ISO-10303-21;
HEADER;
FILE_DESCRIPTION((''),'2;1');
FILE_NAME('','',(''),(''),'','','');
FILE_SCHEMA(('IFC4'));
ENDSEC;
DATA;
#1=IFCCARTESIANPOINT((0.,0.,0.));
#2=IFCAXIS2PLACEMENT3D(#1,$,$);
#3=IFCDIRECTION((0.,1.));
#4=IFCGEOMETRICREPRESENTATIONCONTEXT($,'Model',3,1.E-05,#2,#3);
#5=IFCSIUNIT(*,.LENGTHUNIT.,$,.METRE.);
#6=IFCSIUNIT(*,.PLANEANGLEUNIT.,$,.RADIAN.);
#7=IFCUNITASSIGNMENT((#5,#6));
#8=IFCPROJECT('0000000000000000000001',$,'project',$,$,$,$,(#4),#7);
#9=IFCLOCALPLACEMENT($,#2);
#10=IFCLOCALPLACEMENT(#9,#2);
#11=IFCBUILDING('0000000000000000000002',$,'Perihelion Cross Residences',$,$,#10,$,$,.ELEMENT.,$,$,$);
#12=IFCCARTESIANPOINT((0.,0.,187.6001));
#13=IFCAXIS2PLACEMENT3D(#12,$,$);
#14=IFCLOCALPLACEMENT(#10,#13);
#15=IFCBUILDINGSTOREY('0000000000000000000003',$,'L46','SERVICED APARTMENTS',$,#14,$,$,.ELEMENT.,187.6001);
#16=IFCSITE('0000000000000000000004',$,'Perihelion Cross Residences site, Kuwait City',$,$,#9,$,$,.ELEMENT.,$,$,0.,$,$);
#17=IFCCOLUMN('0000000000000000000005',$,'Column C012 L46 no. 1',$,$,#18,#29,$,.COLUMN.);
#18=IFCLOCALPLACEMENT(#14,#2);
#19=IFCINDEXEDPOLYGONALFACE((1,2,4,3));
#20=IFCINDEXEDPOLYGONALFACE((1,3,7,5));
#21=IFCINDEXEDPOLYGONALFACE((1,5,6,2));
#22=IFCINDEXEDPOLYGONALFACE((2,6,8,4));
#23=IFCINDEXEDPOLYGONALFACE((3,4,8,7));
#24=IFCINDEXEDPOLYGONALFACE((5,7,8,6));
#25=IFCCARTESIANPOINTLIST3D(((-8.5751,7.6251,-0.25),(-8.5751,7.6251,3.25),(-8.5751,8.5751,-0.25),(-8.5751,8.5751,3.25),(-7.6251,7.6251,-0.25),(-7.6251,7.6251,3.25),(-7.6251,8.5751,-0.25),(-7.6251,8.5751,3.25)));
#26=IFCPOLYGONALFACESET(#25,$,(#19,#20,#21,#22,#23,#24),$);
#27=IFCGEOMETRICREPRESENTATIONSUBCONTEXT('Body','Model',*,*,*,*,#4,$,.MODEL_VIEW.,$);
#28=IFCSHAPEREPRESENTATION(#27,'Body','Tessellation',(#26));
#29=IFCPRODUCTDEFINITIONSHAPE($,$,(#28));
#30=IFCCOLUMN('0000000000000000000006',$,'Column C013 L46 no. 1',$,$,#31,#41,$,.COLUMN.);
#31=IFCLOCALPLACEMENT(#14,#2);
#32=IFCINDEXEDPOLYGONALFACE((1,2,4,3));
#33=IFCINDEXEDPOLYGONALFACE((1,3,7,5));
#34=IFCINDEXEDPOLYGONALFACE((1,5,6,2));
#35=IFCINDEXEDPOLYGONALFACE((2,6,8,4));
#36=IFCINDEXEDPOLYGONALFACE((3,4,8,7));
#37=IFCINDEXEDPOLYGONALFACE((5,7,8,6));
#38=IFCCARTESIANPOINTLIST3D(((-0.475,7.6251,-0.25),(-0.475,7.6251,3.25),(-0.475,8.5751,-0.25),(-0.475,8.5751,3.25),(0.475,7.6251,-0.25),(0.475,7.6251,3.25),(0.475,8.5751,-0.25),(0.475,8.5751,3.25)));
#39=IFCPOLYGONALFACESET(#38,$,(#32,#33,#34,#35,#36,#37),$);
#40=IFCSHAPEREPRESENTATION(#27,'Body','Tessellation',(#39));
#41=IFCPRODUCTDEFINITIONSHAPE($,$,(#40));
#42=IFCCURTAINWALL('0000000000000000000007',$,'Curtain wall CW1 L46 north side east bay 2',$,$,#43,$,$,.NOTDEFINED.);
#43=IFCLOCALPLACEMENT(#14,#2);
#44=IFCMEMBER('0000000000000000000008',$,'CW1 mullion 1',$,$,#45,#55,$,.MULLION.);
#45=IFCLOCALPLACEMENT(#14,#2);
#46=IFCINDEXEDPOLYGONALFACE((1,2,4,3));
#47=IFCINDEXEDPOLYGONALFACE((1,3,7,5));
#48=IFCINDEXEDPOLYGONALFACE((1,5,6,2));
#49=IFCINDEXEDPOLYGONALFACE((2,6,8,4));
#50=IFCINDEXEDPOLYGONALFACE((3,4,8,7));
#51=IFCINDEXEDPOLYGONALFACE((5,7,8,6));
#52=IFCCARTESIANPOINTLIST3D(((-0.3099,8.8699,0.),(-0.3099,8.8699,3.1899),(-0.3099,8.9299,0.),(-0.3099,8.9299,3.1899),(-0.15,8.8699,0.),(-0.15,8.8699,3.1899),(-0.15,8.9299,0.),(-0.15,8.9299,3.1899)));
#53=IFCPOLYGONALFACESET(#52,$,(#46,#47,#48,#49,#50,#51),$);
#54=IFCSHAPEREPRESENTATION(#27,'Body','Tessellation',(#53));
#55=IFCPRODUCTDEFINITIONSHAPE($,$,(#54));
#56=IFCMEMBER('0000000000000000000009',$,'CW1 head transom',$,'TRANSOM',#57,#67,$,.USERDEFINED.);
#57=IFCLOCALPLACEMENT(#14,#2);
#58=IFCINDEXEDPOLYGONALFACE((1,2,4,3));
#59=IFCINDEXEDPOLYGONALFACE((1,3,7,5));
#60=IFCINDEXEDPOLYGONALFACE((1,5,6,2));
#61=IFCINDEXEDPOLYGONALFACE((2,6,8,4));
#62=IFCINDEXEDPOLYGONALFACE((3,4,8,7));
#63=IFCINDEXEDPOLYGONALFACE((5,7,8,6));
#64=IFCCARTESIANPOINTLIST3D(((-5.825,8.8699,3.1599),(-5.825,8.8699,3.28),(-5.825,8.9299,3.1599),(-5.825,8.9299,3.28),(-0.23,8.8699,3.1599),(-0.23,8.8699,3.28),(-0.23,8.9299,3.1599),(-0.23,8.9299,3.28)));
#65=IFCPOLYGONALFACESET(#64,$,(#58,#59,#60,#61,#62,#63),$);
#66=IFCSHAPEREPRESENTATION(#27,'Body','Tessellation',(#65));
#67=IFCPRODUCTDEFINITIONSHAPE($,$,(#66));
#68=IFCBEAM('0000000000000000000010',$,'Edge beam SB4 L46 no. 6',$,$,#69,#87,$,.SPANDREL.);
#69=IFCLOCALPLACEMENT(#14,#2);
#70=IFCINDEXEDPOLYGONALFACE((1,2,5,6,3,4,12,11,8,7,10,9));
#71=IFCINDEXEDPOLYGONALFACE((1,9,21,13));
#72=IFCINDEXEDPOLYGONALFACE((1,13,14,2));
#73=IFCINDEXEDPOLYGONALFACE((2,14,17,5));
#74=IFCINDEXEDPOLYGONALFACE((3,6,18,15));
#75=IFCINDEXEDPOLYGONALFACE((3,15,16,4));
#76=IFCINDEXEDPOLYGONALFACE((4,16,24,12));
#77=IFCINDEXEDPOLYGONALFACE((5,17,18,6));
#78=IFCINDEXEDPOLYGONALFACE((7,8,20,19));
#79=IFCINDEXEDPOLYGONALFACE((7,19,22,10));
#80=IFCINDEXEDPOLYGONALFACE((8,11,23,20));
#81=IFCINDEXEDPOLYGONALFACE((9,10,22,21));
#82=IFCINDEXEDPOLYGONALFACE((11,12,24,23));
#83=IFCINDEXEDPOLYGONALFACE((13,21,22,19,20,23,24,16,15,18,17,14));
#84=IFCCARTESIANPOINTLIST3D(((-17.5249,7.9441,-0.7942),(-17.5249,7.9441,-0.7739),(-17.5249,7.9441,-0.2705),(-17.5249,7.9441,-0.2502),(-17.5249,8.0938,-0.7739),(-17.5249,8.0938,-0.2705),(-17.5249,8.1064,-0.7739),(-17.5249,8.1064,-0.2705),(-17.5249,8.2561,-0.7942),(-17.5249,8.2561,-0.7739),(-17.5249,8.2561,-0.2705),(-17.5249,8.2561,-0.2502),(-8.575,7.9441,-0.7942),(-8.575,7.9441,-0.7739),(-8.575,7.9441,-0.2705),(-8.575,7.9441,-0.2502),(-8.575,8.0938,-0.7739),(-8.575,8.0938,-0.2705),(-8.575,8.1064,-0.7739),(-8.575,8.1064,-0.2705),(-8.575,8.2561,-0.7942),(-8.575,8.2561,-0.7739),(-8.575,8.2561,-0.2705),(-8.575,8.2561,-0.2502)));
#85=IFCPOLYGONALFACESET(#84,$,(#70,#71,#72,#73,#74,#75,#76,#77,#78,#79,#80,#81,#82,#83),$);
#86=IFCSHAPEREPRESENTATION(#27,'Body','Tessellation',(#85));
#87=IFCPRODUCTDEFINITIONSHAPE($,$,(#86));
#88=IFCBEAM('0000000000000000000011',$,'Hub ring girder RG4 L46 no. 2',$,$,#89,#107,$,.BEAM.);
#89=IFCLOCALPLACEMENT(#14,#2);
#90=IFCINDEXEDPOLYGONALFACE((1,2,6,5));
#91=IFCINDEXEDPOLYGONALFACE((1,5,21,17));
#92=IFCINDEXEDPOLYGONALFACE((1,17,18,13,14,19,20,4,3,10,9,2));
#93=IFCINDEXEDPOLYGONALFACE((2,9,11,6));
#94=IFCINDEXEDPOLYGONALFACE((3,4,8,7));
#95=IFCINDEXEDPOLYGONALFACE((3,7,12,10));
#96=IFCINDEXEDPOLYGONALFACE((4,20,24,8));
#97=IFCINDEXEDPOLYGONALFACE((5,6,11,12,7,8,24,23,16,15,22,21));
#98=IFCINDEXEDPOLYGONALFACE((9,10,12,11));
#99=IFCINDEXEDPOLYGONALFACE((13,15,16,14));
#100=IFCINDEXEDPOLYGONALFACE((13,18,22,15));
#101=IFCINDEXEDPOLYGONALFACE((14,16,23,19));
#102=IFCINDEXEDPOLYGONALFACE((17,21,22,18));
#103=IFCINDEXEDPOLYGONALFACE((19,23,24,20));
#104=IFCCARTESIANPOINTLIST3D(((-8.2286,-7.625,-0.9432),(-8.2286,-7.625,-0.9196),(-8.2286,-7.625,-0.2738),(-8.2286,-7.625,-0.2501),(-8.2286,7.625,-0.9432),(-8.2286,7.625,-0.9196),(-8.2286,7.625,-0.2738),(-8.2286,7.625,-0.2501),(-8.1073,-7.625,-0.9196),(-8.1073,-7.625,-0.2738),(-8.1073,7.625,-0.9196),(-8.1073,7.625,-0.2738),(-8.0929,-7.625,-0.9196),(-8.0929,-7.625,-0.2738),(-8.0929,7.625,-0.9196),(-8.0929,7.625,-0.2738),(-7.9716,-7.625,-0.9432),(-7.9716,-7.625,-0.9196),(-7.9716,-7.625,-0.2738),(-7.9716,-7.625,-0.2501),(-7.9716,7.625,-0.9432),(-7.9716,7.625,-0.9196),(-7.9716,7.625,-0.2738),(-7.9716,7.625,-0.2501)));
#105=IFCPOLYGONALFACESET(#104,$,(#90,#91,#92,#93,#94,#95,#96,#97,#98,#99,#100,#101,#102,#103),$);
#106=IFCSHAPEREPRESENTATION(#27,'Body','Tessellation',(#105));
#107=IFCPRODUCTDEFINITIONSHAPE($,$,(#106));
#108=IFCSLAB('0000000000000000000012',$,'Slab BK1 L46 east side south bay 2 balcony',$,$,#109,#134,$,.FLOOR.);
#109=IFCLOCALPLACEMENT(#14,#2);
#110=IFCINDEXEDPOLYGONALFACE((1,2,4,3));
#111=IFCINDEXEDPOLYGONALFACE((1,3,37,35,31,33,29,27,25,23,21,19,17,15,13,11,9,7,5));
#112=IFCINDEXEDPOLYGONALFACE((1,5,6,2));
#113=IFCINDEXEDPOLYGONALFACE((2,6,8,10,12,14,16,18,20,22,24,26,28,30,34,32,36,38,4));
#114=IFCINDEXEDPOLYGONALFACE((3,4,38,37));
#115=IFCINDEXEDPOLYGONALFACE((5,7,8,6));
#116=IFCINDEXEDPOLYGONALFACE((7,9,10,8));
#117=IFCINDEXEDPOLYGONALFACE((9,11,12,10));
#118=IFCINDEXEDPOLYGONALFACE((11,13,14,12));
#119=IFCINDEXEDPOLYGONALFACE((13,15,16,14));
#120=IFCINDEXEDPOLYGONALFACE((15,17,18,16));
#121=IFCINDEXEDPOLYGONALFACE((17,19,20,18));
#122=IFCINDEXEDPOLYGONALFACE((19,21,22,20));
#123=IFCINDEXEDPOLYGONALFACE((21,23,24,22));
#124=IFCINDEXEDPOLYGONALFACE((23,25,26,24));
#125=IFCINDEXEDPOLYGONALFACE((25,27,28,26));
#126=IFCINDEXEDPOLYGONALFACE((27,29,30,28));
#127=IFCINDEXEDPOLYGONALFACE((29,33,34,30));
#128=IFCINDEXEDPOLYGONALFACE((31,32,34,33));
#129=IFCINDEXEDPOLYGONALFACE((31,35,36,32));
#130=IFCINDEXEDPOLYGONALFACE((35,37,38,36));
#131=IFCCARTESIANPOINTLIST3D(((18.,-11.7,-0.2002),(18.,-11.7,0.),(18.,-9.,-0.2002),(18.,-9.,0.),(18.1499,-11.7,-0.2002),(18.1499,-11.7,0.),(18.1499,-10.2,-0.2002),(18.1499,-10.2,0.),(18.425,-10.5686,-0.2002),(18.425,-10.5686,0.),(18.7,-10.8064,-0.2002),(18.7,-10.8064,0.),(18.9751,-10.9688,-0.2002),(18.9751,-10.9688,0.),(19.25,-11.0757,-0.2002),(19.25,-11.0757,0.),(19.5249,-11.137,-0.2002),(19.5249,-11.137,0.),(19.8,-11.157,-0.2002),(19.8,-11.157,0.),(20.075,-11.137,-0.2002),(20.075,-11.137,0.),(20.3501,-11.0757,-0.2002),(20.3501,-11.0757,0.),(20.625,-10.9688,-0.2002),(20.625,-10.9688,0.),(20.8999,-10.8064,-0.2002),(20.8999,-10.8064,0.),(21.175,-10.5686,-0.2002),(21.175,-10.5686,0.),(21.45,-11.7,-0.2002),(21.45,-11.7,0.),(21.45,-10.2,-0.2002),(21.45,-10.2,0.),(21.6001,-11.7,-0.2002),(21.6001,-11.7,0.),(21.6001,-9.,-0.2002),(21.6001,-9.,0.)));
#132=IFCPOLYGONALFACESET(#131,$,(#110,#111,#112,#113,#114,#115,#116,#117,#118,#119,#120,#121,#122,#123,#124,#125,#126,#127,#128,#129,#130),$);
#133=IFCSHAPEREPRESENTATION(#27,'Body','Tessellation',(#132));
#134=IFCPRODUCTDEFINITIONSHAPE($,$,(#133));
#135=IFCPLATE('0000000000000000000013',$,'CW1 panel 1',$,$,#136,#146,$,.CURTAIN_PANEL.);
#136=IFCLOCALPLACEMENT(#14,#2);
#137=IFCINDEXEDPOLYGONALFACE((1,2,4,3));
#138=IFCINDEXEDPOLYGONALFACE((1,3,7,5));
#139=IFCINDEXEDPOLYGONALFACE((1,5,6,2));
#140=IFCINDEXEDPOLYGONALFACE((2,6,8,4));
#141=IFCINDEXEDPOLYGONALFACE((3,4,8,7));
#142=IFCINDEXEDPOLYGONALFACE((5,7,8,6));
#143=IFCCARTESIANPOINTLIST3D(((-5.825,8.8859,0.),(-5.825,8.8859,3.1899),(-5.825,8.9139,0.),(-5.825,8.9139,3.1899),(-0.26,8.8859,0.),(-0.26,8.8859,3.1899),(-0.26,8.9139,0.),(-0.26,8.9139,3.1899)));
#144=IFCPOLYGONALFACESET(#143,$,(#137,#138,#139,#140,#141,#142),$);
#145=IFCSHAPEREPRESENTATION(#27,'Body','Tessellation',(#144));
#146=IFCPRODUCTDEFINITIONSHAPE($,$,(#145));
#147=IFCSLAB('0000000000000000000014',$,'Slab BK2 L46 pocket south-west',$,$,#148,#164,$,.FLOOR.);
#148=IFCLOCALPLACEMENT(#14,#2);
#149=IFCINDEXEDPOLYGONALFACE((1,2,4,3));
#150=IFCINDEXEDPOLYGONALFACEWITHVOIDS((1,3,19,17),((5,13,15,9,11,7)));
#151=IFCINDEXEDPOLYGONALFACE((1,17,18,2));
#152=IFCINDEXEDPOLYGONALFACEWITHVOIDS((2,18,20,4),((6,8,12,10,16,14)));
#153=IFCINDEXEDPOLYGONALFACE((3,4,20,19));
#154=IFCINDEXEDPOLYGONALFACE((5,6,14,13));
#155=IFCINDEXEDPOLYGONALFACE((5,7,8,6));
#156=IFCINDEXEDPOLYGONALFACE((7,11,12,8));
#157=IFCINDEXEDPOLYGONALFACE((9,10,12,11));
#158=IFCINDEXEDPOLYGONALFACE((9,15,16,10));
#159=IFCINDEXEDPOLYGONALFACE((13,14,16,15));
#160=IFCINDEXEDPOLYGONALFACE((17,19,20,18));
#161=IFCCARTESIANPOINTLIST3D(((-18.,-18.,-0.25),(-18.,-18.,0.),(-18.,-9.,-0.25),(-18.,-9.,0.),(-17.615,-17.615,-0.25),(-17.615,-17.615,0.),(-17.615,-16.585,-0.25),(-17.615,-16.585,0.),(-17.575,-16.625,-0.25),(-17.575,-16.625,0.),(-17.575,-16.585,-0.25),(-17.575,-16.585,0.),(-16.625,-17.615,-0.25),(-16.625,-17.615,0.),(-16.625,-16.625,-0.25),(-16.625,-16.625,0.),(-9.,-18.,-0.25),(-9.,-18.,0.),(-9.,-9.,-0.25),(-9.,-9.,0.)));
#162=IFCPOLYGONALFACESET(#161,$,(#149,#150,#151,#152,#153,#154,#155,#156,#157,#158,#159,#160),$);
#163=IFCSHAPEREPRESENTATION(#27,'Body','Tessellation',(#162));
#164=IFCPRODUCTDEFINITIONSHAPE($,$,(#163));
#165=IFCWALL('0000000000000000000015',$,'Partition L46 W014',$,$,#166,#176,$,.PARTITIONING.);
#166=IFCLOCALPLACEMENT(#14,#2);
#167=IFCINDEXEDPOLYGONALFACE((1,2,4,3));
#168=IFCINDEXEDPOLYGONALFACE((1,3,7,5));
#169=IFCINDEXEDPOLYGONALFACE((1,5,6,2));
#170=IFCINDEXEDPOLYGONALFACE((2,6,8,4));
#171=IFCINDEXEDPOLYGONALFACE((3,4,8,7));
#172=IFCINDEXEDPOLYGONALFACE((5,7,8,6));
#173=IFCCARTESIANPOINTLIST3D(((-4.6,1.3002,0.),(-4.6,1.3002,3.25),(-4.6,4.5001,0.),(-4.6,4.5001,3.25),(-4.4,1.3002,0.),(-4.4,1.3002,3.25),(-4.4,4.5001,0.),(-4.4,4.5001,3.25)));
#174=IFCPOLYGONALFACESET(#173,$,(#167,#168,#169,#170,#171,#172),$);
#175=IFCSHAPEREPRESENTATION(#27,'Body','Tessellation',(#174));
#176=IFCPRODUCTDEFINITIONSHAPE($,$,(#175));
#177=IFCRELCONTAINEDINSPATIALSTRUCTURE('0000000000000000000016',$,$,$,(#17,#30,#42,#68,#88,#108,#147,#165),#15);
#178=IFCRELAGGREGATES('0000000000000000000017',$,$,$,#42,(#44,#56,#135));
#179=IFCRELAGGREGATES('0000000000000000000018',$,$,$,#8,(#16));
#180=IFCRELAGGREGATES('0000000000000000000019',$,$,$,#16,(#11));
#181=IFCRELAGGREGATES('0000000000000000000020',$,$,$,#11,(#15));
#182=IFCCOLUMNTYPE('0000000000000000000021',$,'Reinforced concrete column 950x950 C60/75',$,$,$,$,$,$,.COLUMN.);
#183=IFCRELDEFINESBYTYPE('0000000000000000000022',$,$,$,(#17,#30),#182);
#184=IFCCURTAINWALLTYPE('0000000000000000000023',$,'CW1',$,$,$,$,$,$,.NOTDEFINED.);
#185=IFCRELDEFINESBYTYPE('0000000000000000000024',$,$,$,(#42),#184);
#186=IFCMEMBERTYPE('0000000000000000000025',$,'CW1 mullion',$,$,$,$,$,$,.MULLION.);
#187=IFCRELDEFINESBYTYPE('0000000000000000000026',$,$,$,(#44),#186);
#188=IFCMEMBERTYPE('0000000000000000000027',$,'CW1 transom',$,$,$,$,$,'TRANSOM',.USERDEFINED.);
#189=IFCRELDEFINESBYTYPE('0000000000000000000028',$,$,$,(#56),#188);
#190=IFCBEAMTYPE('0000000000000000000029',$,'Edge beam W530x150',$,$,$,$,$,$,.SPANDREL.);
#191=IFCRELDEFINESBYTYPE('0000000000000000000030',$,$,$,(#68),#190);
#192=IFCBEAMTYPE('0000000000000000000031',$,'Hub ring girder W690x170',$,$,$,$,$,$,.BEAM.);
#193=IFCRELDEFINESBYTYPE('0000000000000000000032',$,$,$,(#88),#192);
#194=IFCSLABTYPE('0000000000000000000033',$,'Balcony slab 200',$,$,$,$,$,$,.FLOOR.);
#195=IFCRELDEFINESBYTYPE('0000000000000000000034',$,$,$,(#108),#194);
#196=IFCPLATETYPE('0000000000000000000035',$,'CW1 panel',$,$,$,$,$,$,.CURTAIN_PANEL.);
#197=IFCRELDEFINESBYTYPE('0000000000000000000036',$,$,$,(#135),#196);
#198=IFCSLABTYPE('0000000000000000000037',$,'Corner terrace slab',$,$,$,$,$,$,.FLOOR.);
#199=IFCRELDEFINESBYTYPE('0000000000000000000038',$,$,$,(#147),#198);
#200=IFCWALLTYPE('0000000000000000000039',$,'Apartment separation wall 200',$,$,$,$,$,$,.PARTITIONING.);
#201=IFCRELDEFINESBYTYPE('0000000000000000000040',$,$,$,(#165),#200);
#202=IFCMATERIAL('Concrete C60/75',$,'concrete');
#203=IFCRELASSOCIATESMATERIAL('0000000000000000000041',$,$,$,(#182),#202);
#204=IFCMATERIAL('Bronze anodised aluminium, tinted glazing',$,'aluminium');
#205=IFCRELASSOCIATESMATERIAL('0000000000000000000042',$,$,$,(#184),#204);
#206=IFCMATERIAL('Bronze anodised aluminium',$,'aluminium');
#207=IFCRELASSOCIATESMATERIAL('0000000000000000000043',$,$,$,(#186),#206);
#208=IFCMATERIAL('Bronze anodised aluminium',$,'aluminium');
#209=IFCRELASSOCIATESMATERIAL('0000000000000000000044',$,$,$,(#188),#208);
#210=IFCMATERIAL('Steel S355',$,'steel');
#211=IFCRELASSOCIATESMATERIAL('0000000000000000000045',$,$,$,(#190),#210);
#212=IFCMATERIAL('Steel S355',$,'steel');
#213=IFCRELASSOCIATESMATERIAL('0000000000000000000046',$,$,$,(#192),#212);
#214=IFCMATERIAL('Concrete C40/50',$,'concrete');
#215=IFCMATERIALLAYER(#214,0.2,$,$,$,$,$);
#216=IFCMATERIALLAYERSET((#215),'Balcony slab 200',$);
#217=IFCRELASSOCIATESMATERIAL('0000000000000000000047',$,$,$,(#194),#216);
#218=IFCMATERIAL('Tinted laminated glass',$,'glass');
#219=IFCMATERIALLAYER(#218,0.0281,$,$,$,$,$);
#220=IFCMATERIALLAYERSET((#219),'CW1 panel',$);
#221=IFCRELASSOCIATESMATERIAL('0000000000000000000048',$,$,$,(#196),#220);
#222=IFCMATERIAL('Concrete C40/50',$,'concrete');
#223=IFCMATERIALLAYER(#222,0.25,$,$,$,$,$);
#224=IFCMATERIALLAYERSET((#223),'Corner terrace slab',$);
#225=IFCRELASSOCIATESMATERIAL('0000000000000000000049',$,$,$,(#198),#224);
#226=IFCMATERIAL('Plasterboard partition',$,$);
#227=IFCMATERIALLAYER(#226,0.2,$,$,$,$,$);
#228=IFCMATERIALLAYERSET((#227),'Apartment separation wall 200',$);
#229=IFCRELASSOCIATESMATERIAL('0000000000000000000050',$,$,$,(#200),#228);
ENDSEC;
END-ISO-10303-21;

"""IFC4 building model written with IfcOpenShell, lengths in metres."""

from ifc_helpers import new_model, si_unit, direction, frame, frame_2d, origin, origin_2d, place, context, subcontext, project, spatial, polyline, rectangle, i_section, outline, extrude, material, layer, layer_set, material_profile, profile_set, type_object, element, aggregate, save


model = new_model("IFC4")

# Units and contexts
model_context = context("Model", 3, precision=1e-05, world=origin(), true_north=direction((0.0, 1.0)))
body_context = subcontext(model_context, "Body", "Model", "MODEL_VIEW")
ifc_project = project(units=[si_unit("LENGTHUNIT", "METRE"), si_unit("PLANEANGLEUNIT", "RADIAN")], contexts=[model_context])

# Site, building, storey
site_placement = place(None, origin())
site = spatial("IfcSite", under=ifc_project, at=site_placement, Name="Perihelion Cross Residences site, Kuwait City", CompositionType="ELEMENT", RefElevation=0.0)
building_placement = place(site_placement, origin())
building = spatial("IfcBuilding", under=site, at=building_placement, Name="Perihelion Cross Residences", CompositionType="ELEMENT")
storey_placement = place(building_placement, frame((0.0, 0.0, 187.6001)))
storey = spatial("IfcBuildingStorey", under=building, at=storey_placement, Name="L46", Description="SERVICED APARTMENTS", CompositionType="ELEMENT", Elevation=187.6001)

# Columns
ifc_material_1 = material(Name="Concrete C60/75", Category="concrete")
ifc_material_profile_1 = material_profile(ifc_material_1, rectangle(XDim=0.95, YDim=0.95, at=origin_2d()), Name="RC 950x950")
ifc_profile_set_1 = profile_set([ifc_material_profile_1], Name="Concrete C60/75")
column_type = type_object("IfcColumnType", Name="Reinforced concrete column 950x950 C60/75", PredefinedType="COLUMN", material=ifc_profile_set_1)
for number, where, z_axis, x_axis, name in (
    (1, (-8.1001, 8.1001, -0.25), (0.0, 0.0, 1.0), (1.0, 0.0, 0.0), "Column C012 L46 no. 1"),
    (2, (0.0, 8.1001, -0.25), (0.0, 0.0, 1.0), (1.0, 0.0, 0.0), "Column C013 L46 no. 1"),
):
    element("IfcColumn", number, at=place(storey_placement, frame(where, z_axis=z_axis, x_axis=x_axis)), inside=storey, type_object=column_type, Name=name, PredefinedType="COLUMN", context=body_context, shape_type="SweptSolid", body=[
        extrude(rectangle(XDim=0.95, YDim=0.95, at=origin_2d()), origin(), (0.0, 0.0, 1.0), 3.5),
    ])

# Curtain wall, members
ifc_material_2 = material(Name="Bronze anodised aluminium, tinted glazing", Category="aluminium")
curtain_wall_type = type_object("IfcCurtainWallType", Name="CW1", PredefinedType="NOTDEFINED", material=ifc_material_2)
curtain_wall_placement = place(storey_placement, origin())
curtain_wall = element("IfcCurtainWall", 3, at=curtain_wall_placement, inside=storey, type_object=curtain_wall_type, Name="Curtain wall CW1 L46 north side east bay 2", PredefinedType="NOTDEFINED")
ifc_material_3 = material(Name="Bronze anodised aluminium", Category="aluminium")
ifc_material_profile_2 = material_profile(ifc_material_3, rectangle(XDim=0.0601, YDim=0.1599, at=origin_2d()), Name="CW1 mullion")
ifc_profile_set_2 = profile_set([ifc_material_profile_2], Name="Bronze anodised aluminium")
member_type_1 = type_object("IfcMemberType", Name="CW1 mullion", PredefinedType="MULLION", material=ifc_profile_set_2)
member_1_placement = place(storey_placement, frame((-0.23, 8.8999, 0.0), z_axis=(0.0, 0.0, 1.0), x_axis=(0.0, -1.0, 0.0)))
member_1 = element("IfcMember", 4, at=member_1_placement, type_object=member_type_1, Name="CW1 mullion 1", PredefinedType="MULLION", context=body_context, shape_type="SweptSolid", body=[
    extrude(rectangle(XDim=0.0601, YDim=0.1599, at=origin_2d()), origin(), (0.0, 0.0, 1.0), 3.1899),
])
ifc_material_4 = material(Name="Bronze anodised aluminium", Category="aluminium")
ifc_material_profile_3 = material_profile(ifc_material_4, rectangle(XDim=0.0601, YDim=0.1201, at=origin_2d()), Name="CW1 transom")
ifc_profile_set_3 = profile_set([ifc_material_profile_3], Name="Bronze anodised aluminium")
member_type_2 = type_object("IfcMemberType", Name="CW1 transom", ElementType="TRANSOM", PredefinedType="USERDEFINED", material=ifc_profile_set_3)
member_2_placement = place(storey_placement, frame((-0.23, 8.8999, 3.22), z_axis=(-1.0, 0.0, 0.0), x_axis=(0.0, -1.0, 0.0)))
member_2 = element("IfcMember", 5, at=member_2_placement, type_object=member_type_2, Name="CW1 head transom", ObjectType="TRANSOM", PredefinedType="USERDEFINED", context=body_context, shape_type="SweptSolid", body=[
    extrude(rectangle(XDim=0.0601, YDim=0.1201, at=origin_2d()), origin(), (0.0, 0.0, 1.0), 5.595),
])

# Beams
ifc_material_5 = material(Name="Steel S355", Category="steel")
ifc_material_profile_4 = material_profile(ifc_material_5, i_section(OverallWidth=0.312, OverallDepth=0.5439, WebThickness=0.0127, FlangeThickness=0.0203, at=origin_2d()), Name="W530x150")
ifc_profile_set_4 = profile_set([ifc_material_profile_4], Name="Steel S355")
beam_type_1 = type_object("IfcBeamType", Name="Edge beam W530x150", PredefinedType="SPANDREL", material=ifc_profile_set_4)
beam_1_placement = place(storey_placement, frame((-8.575, 8.1001, -0.5222), z_axis=(-1.0, 0.0, 0.0), x_axis=(0.0, -1.0, 0.0)))
element("IfcBeam", 6, at=beam_1_placement, inside=storey, type_object=beam_type_1, Name="Edge beam SB4 L46 no. 6", PredefinedType="SPANDREL", context=body_context, shape_type="SweptSolid", body=[
    extrude(i_section(OverallWidth=0.312, OverallDepth=0.5439, WebThickness=0.0127, FlangeThickness=0.0203, at=origin_2d()), origin(), (0.0, 0.0, 1.0), 8.95),
])
ifc_material_6 = material(Name="Steel S355", Category="steel")
ifc_material_profile_5 = material_profile(ifc_material_6, i_section(OverallWidth=0.2571, OverallDepth=0.6931, WebThickness=0.0144, FlangeThickness=0.0237, at=origin_2d()), Name="W690x170")
ifc_profile_set_5 = profile_set([ifc_material_profile_5], Name="Steel S355")
beam_type_2 = type_object("IfcBeamType", Name="Hub ring girder W690x170", PredefinedType="BEAM", material=ifc_profile_set_5)
beam_2_placement = place(storey_placement, frame((-8.1001, 7.625, -0.5967), z_axis=(0.0, -1.0, 0.0), x_axis=(1.0, 0.0, 0.0)))
element("IfcBeam", 7, at=beam_2_placement, inside=storey, type_object=beam_type_2, Name="Hub ring girder RG4 L46 no. 2", PredefinedType="BEAM", context=body_context, shape_type="SweptSolid", body=[
    extrude(i_section(OverallWidth=0.2571, OverallDepth=0.6931, WebThickness=0.0144, FlangeThickness=0.0237, at=origin_2d()), origin(), (0.0, 0.0, 1.0), 15.25),
])

# Slab
ifc_material_7 = material(Name="Concrete C40/50", Category="concrete")
ifc_layer_1 = layer(ifc_material_7, 0.2)
ifc_layer_set_1 = layer_set([ifc_layer_1], Name="Balcony slab 200")
slab_type_1 = type_object("IfcSlabType", Name="Balcony slab 200", PredefinedType="FLOOR", material=ifc_layer_set_1)
slab_1_placement = place(storey_placement, frame((0.0, 0.0, -0.2002)))
element("IfcSlab", 8, at=slab_1_placement, inside=storey, type_object=slab_type_1, Name="Slab BK1 L46 east side south bay 2 balcony", PredefinedType="FLOOR", context=body_context, shape_type="SweptSolid", body=[
    extrude(outline(polyline([(18.0, -9.0), (21.6001, -9.0), (21.6001, -11.7), (21.45, -11.7), (21.45, -10.2), (21.175, -10.5686), (20.8999, -10.8064), (20.625, -10.9688), (20.3501, -11.0757), (20.075, -11.137), (19.8, -11.157), (19.5249, -11.137), (19.25, -11.0757), (18.9751, -10.9688), (18.7, -10.8064), (18.425, -10.5686), (18.1499, -10.2), (18.1499, -11.7), (18.0, -11.7), (18.0, -9.0)])), origin(), (0.0, 0.0, 1.0), 0.2002),
])

# Plate
ifc_material_8 = material(Name="Tinted laminated glass", Category="glass")
ifc_layer_2 = layer(ifc_material_8, 0.0281)
ifc_layer_set_2 = layer_set([ifc_layer_2], Name="CW1 panel")
plate_type = type_object("IfcPlateType", Name="CW1 panel", PredefinedType="CURTAIN_PANEL", material=ifc_layer_set_2)
plate_placement = place(storey_placement, frame((-3.0425, 8.8999, 0.0), z_axis=(0.0, 0.0, 1.0), x_axis=(-1.0, 0.0, 0.0)))
plate = element("IfcPlate", 9, at=plate_placement, type_object=plate_type, Name="CW1 panel 1", PredefinedType="CURTAIN_PANEL", context=body_context, shape_type="SweptSolid", body=[
    extrude(rectangle(XDim=5.5649, YDim=0.0281, at=origin_2d()), origin(), (0.0, 0.0, 1.0), 3.1899),
])
aggregate(curtain_wall, [member_1, member_2, plate])

# Slab
ifc_material_9 = material(Name="Concrete C40/50", Category="concrete")
ifc_layer_3 = layer(ifc_material_9, 0.25)
ifc_layer_set_3 = layer_set([ifc_layer_3], Name="Corner terrace slab")
slab_type_2 = type_object("IfcSlabType", Name="Corner terrace slab", PredefinedType="FLOOR", material=ifc_layer_set_3)
slab_2_placement = place(storey_placement, frame((0.0, 0.0, -0.25)))
element("IfcSlab", 10, at=slab_2_placement, inside=storey, type_object=slab_type_2, Name="Slab BK2 L46 pocket south-west", PredefinedType="FLOOR", context=body_context, shape_type="SweptSolid", body=[
    extrude(outline(polyline([(-9.0, -18.0), (-9.0, -9.0), (-18.0, -9.0), (-18.0, -18.0), (-9.0, -18.0)]), holes=[polyline([(-16.625, -17.615), (-17.615, -17.615), (-17.615, -16.585), (-17.575, -16.585), (-17.575, -16.625), (-16.625, -16.625), (-16.625, -17.615)])]), origin(), (0.0, 0.0, 1.0), 0.25),
])

# Wall
ifc_material_10 = material(Name="Plasterboard partition")
ifc_layer_4 = layer(ifc_material_10, 0.2)
ifc_layer_set_4 = layer_set([ifc_layer_4], Name="Apartment separation wall 200")
wall_type_1 = type_object("IfcWallType", Name="Apartment separation wall 200", PredefinedType="PARTITIONING", material=ifc_layer_set_4)
wall_1_placement = place(storey_placement, frame((-4.5, 1.3, 0.0), z_axis=(0.0, 0.0, 1.0), x_axis=(0.0, 1.0, 0.0)))
element("IfcWall", 11, at=wall_1_placement, inside=storey, type_object=wall_type_1, Name="Partition L46 W014", PredefinedType="PARTITIONING", context=body_context, shape_type="SweptSolid", body=[
    extrude(rectangle(XDim=3.2, YDim=0.2, at=frame_2d((1.6001, 0.0))), origin(), (0.0, 0.0, 1.0), 3.25),
])

save(model, "model.ifc")
